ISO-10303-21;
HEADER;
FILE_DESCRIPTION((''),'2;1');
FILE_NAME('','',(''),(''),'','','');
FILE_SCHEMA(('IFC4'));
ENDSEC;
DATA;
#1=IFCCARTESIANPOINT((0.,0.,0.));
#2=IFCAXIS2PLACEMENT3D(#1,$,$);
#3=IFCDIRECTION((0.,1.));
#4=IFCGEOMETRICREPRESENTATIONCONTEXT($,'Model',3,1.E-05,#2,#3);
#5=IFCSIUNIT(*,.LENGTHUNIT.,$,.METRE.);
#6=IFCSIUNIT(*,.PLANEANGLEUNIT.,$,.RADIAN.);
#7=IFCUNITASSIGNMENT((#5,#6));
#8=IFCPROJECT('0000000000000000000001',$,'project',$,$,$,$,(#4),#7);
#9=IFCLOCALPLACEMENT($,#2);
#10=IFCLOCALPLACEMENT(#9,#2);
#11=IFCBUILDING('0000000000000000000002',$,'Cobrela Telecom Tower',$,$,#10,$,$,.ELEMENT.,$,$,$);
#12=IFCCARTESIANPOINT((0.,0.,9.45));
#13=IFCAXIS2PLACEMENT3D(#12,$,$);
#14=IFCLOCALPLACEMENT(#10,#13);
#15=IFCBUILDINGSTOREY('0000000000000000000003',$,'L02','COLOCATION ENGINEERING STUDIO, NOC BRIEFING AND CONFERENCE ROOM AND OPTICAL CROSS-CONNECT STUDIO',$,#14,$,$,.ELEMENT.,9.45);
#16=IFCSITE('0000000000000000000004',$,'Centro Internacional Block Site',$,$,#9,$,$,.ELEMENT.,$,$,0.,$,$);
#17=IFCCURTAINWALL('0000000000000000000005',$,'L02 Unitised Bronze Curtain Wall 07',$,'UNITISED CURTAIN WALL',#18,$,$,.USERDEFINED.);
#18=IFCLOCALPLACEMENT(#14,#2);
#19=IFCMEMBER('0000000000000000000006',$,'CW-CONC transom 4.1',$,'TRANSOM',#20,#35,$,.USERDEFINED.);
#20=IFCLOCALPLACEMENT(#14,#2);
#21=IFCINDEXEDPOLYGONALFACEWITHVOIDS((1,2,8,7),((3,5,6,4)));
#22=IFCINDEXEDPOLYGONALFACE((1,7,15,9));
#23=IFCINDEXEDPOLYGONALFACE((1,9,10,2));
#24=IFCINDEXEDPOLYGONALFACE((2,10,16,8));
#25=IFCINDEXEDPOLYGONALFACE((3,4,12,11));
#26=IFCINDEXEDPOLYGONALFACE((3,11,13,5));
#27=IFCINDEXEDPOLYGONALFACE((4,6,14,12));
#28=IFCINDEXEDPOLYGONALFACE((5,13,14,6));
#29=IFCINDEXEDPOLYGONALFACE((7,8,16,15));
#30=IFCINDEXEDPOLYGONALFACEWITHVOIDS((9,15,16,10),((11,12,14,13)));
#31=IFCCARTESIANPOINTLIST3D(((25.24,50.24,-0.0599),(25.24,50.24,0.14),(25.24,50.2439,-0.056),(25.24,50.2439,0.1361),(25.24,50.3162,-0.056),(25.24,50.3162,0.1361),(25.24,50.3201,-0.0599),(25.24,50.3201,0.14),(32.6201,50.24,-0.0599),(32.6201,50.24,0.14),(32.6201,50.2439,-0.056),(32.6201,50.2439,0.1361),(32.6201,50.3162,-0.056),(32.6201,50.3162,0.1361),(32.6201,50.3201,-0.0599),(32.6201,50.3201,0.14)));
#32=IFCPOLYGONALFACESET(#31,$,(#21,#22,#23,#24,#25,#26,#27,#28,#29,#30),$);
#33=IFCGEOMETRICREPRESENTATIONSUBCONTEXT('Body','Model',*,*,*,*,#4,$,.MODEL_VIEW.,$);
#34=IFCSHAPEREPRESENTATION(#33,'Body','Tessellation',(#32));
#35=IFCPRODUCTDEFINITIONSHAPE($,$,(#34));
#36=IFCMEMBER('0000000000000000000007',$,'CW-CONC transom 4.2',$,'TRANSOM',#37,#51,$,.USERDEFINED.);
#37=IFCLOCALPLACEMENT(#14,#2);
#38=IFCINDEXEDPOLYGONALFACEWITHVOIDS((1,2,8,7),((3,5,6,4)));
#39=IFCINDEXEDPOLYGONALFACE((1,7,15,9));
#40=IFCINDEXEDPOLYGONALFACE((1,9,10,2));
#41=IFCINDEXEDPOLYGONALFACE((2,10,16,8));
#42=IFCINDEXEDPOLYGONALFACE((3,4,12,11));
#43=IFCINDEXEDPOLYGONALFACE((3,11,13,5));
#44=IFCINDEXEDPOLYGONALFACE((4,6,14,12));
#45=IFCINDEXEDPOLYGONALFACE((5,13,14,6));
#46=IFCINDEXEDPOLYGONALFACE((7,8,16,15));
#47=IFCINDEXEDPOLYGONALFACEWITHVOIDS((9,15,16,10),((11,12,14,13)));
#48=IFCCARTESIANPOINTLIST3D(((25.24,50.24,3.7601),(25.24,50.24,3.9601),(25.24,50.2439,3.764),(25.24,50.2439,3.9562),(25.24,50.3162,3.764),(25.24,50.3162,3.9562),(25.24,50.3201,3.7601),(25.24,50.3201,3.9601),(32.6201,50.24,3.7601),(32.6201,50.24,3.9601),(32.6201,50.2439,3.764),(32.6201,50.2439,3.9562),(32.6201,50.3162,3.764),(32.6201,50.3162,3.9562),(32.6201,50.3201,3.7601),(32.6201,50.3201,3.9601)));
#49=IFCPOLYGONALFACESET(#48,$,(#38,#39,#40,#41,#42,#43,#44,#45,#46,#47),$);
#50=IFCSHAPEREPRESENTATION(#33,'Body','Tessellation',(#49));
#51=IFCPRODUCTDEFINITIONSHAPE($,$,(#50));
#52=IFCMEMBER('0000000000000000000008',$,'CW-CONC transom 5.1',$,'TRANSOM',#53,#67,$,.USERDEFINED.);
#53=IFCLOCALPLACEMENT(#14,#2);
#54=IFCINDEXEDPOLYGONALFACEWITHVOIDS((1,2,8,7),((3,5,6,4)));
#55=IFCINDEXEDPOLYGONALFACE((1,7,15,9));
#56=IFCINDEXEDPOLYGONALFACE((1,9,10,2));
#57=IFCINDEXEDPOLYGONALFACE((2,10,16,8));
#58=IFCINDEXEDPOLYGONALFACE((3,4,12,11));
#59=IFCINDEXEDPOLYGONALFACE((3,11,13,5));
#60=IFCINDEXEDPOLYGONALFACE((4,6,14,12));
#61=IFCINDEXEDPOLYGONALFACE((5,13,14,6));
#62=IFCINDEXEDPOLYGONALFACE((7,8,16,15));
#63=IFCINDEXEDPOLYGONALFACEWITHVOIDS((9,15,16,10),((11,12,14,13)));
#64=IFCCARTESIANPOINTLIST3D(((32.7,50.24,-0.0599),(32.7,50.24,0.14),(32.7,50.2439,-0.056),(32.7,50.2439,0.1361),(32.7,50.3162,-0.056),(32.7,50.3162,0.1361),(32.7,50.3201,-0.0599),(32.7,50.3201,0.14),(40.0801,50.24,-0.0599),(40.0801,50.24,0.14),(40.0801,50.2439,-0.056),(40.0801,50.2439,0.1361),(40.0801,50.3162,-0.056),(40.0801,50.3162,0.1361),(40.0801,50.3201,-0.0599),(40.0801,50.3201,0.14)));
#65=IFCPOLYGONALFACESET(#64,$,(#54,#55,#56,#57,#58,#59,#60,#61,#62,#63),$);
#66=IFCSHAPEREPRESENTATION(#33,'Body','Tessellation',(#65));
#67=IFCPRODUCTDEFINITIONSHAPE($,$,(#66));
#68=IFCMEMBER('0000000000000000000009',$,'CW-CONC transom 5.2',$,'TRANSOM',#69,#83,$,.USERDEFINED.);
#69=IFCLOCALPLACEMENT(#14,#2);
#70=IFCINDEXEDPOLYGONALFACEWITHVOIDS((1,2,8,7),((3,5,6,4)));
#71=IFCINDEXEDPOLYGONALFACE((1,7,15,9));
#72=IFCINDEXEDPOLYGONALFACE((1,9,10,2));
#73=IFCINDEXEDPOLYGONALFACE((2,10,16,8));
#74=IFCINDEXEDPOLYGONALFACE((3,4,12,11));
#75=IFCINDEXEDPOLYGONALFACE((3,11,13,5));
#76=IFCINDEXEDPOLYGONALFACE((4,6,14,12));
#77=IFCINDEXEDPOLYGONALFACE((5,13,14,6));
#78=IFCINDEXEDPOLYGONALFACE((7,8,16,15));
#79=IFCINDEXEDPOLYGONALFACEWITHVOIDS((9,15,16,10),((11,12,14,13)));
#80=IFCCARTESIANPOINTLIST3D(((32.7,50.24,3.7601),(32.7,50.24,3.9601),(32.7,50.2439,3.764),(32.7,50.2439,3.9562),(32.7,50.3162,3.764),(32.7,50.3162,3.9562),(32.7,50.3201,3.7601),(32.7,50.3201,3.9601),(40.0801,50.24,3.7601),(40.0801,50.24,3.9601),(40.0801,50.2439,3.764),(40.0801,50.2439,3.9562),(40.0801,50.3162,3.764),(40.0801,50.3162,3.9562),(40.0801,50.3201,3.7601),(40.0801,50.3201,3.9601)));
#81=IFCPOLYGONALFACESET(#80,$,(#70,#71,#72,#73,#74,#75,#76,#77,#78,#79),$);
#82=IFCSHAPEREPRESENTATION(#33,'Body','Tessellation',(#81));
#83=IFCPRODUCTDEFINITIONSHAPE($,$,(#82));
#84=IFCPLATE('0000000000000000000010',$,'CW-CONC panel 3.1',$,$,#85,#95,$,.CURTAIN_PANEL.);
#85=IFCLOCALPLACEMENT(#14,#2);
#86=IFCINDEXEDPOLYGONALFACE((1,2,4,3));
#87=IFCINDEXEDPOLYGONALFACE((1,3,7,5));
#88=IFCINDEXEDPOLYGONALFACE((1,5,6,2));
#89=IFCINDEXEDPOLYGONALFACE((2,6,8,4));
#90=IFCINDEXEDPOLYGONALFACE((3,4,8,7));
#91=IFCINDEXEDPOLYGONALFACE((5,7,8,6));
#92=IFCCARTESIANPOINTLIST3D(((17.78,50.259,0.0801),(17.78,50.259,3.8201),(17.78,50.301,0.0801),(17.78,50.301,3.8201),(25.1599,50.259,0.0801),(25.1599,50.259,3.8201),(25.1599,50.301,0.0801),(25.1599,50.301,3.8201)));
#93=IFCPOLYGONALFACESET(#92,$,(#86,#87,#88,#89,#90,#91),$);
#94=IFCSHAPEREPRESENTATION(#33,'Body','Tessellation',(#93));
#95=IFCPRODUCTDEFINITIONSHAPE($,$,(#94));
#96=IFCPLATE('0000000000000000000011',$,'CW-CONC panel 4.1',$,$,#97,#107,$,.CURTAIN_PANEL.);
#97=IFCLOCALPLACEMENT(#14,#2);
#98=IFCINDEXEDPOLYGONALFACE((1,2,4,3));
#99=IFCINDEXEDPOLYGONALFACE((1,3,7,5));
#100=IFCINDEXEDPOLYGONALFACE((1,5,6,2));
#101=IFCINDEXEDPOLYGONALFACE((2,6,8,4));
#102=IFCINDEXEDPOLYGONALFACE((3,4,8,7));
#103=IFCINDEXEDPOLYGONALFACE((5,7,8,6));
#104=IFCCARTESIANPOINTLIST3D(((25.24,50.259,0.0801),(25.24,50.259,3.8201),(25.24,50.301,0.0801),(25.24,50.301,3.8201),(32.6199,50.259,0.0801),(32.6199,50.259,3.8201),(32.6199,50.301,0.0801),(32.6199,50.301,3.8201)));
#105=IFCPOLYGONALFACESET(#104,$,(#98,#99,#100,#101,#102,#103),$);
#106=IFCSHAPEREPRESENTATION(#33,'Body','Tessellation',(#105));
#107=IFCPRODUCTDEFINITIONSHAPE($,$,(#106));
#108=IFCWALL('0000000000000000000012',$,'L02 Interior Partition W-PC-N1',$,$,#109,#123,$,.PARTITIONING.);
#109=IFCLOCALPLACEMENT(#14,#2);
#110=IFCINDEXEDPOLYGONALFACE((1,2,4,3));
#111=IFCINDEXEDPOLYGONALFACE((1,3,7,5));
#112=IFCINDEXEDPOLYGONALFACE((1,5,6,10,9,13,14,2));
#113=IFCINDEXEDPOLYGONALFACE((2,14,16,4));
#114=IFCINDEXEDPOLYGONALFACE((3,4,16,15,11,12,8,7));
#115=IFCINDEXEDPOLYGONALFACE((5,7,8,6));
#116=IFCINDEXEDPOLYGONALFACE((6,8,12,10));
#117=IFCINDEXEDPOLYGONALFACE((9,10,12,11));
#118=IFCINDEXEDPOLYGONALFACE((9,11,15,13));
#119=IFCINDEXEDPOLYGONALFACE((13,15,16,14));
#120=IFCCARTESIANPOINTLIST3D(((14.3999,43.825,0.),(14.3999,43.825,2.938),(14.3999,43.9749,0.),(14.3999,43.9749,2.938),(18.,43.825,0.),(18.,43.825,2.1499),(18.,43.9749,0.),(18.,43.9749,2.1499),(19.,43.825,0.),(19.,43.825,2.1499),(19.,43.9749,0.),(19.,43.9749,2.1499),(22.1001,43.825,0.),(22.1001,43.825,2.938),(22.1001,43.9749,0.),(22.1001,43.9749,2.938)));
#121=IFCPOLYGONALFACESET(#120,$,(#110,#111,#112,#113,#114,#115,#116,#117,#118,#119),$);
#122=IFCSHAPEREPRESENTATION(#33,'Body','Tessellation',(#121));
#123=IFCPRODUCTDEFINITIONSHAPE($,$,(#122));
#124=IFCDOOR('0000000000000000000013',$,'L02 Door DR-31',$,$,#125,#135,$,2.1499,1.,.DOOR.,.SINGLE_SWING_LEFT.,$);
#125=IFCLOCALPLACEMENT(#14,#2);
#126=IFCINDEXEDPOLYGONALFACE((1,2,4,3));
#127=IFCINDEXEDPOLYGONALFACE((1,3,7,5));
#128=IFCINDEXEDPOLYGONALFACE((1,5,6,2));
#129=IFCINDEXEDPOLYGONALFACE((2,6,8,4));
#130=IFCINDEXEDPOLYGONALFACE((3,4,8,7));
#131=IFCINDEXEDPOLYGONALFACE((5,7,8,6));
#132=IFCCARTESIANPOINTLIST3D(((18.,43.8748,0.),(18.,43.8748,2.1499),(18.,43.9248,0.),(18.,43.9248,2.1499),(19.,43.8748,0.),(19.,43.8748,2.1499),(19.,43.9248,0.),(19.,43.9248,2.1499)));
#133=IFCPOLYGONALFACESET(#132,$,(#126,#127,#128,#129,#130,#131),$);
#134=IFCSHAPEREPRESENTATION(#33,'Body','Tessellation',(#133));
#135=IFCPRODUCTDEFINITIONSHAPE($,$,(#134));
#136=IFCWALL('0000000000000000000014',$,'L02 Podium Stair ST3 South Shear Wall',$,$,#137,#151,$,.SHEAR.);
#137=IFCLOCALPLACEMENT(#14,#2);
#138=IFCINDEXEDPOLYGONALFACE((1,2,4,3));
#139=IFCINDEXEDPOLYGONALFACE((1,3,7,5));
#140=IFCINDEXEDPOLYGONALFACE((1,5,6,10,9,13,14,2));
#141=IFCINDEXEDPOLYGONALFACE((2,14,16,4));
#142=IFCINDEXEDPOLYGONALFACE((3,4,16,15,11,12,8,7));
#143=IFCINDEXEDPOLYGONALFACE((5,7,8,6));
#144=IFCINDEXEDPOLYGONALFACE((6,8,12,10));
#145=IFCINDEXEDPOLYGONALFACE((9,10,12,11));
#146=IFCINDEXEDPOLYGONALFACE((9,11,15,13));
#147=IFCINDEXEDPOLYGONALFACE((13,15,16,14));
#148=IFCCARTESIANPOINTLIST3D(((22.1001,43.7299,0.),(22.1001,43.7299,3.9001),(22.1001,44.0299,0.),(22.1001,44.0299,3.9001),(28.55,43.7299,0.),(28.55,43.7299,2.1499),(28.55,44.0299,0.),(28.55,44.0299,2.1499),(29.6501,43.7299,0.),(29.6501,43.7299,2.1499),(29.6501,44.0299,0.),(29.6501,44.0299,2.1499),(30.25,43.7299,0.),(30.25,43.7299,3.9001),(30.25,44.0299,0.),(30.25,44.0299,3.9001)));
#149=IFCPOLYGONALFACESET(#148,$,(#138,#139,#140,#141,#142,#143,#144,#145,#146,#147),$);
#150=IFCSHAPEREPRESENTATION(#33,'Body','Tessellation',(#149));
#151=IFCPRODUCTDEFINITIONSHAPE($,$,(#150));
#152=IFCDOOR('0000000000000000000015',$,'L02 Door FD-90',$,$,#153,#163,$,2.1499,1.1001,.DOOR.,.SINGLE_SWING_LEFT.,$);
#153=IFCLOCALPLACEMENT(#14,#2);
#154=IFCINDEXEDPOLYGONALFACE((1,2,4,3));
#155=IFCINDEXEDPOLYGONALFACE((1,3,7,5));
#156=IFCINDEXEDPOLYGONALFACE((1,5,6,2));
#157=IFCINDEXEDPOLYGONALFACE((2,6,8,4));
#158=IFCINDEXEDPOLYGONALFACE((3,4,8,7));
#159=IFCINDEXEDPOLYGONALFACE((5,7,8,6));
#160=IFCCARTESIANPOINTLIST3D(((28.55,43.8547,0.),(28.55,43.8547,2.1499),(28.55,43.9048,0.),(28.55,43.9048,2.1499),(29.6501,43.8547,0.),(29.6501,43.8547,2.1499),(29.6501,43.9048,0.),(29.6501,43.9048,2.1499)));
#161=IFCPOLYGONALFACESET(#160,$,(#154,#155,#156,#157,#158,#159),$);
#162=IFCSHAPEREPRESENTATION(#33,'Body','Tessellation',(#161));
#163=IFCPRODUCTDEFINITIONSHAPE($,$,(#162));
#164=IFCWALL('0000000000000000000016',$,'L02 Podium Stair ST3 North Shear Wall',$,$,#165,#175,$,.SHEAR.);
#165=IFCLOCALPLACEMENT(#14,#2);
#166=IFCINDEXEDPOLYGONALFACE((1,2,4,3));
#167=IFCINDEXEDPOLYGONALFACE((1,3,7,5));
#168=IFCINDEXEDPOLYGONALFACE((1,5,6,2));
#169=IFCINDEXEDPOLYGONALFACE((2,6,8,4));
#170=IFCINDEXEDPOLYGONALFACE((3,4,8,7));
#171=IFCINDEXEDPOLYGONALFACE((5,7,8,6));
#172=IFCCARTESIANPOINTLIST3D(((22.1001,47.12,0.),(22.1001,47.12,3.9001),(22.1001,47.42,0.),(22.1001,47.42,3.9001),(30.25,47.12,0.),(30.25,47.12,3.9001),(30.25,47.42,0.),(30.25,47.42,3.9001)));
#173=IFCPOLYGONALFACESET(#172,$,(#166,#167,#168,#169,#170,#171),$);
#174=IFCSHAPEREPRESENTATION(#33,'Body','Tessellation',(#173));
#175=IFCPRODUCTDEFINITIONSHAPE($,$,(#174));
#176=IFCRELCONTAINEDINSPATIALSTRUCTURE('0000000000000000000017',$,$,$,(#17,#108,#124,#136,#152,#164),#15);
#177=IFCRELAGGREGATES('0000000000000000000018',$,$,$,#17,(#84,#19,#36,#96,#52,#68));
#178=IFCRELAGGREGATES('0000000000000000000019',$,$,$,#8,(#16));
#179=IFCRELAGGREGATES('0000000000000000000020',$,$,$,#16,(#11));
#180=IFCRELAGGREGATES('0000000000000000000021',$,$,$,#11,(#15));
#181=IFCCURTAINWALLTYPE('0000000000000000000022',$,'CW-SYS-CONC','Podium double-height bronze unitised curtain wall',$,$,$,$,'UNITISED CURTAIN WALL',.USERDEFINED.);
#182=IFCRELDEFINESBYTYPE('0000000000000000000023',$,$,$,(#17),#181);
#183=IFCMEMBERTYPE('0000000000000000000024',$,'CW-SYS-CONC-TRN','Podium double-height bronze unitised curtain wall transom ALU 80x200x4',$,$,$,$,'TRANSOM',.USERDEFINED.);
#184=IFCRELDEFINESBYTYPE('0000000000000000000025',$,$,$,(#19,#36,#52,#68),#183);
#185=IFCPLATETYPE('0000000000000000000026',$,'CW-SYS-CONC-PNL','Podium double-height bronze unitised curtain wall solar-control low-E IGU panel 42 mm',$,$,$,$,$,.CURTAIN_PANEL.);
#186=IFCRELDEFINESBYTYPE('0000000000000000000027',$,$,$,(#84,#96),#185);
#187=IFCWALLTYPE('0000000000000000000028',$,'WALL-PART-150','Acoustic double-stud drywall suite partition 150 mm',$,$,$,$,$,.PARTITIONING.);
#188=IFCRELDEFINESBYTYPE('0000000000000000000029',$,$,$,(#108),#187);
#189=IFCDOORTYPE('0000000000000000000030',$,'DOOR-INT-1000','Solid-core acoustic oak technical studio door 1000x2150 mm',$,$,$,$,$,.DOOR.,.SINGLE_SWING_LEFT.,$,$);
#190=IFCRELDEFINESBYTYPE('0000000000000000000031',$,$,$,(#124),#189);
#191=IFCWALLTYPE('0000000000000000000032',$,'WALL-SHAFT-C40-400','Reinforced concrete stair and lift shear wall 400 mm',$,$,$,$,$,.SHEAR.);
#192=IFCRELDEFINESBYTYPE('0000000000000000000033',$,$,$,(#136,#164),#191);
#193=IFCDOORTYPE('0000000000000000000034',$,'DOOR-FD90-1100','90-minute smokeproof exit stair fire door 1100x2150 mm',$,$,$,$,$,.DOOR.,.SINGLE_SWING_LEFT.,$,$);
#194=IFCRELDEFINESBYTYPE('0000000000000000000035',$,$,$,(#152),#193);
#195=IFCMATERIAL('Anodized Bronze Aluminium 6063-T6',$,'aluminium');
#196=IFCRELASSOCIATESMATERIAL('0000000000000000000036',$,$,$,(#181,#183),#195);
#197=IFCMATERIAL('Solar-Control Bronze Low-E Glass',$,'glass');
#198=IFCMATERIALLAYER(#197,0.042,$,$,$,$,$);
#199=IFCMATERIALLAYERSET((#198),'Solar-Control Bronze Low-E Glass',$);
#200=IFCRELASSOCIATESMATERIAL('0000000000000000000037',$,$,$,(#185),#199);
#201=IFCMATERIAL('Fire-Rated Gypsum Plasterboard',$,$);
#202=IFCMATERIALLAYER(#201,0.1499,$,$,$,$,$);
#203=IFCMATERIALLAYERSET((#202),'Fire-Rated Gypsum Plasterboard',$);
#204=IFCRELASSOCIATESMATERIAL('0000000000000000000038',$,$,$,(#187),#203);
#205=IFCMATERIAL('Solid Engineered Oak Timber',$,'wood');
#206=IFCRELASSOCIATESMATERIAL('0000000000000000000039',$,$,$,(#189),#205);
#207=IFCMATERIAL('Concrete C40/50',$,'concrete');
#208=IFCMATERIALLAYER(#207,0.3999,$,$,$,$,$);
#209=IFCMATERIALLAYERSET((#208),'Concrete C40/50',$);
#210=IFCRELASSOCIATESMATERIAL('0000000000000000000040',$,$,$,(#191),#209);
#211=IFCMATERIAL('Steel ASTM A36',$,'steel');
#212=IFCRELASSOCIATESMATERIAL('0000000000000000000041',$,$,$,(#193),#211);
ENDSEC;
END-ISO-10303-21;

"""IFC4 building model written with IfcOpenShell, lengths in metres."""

from ifc_helpers import new_model, si_unit, direction, frame, frame_2d, origin, origin_2d, place, context, subcontext, project, spatial, rectangle, hollow_rectangle, extrude, material, layer, layer_set, material_profile, profile_set, type_object, element, fill, aggregate, save


model = new_model("IFC4")

# Units and contexts
model_context = context("Model", 3, precision=1e-05, world=origin(), true_north=direction((0.0, 1.0)))
body_context = subcontext(model_context, "Body", "Model", "MODEL_VIEW")
ifc_project = project(units=[si_unit("LENGTHUNIT", "METRE"), si_unit("PLANEANGLEUNIT", "RADIAN")], contexts=[model_context])

# Site, building, storey
site_placement = place(None, origin())
site = spatial("IfcSite", under=ifc_project, at=site_placement, Name="Centro Internacional Block Site", CompositionType="ELEMENT", RefElevation=0.0)
building_placement = place(site_placement, origin())
building = spatial("IfcBuilding", under=site, at=building_placement, Name="Cobrela Telecom Tower", CompositionType="ELEMENT")
storey_placement = place(building_placement, frame((0.0, 0.0, 9.45)))
storey = spatial("IfcBuildingStorey", under=building, at=storey_placement, Name="L02", Description="COLOCATION ENGINEERING STUDIO, NOC BRIEFING AND CONFERENCE ROOM AND OPTICAL CROSS-CONNECT STUDIO", CompositionType="ELEMENT", Elevation=9.45)

# Curtain wall, members, plates
ifc_material_1 = material(Name="Anodized Bronze Aluminium 6063-T6", Category="aluminium")
curtain_wall_type = type_object("IfcCurtainWallType", Name="CW-SYS-CONC", Description="Podium double-height bronze unitised curtain wall", ElementType="UNITISED CURTAIN WALL", PredefinedType="USERDEFINED", material=ifc_material_1)
curtain_wall_placement = place(storey_placement, origin())
curtain_wall = element("IfcCurtainWall", 1, at=curtain_wall_placement, inside=storey, type_object=curtain_wall_type, Name="L02 Unitised Bronze Curtain Wall 07", ObjectType="UNITISED CURTAIN WALL", PredefinedType="USERDEFINED")
ifc_material_profile_1 = material_profile(ifc_material_1, hollow_rectangle(XDim=0.0801, YDim=0.2, WallThickness=0.0039, at=origin_2d()), Name="ALU 80x200x4")
ifc_profile_set_1 = profile_set([ifc_material_profile_1], Name="Anodized Bronze Aluminium 6063-T6")
member_type_1 = type_object("IfcMemberType", Name="CW-SYS-CONC-TRN", Description="Podium double-height bronze unitised curtain wall transom ALU 80x200x4", ElementType="TRANSOM", PredefinedType="USERDEFINED", material=ifc_profile_set_1)
member_1_placement = place(storey_placement, frame((25.24, 50.28, 0.04), z_axis=(1.0, 0.0, 0.0), x_axis=(0.0, 1.0, 0.0)))
member_1 = element("IfcMember", 2, at=member_1_placement, type_object=member_type_1, Name="CW-CONC transom 4.1", ObjectType="TRANSOM", PredefinedType="USERDEFINED", context=body_context, shape_type="SweptSolid", body=[
    extrude(hollow_rectangle(XDim=0.0801, YDim=0.2, WallThickness=0.0039, at=origin_2d()), origin(), (0.0, 0.0, 1.0), 7.3801),
])
member_2_placement = place(storey_placement, frame((25.24, 50.28, 3.8601), z_axis=(1.0, 0.0, 0.0), x_axis=(0.0, 1.0, 0.0)))
member_2 = element("IfcMember", 3, at=member_2_placement, type_object=member_type_1, Name="CW-CONC transom 4.2", ObjectType="TRANSOM", PredefinedType="USERDEFINED", context=body_context, shape_type="SweptSolid", body=[
    extrude(hollow_rectangle(XDim=0.0801, YDim=0.2, WallThickness=0.0039, at=origin_2d()), origin(), (0.0, 0.0, 1.0), 7.3801),
])
member_3_placement = place(storey_placement, frame((32.7, 50.28, 0.04), z_axis=(1.0, 0.0, 0.0), x_axis=(0.0, 1.0, 0.0)))
member_3 = element("IfcMember", 4, at=member_3_placement, type_object=member_type_1, Name="CW-CONC transom 5.1", ObjectType="TRANSOM", PredefinedType="USERDEFINED", context=body_context, shape_type="SweptSolid", body=[
    extrude(hollow_rectangle(XDim=0.0801, YDim=0.2, WallThickness=0.0039, at=origin_2d()), origin(), (0.0, 0.0, 1.0), 7.3801),
])
member_4_placement = place(storey_placement, frame((32.7, 50.28, 3.8601), z_axis=(1.0, 0.0, 0.0), x_axis=(0.0, 1.0, 0.0)))
member_4 = element("IfcMember", 5, at=member_4_placement, type_object=member_type_1, Name="CW-CONC transom 5.2", ObjectType="TRANSOM", PredefinedType="USERDEFINED", context=body_context, shape_type="SweptSolid", body=[
    extrude(hollow_rectangle(XDim=0.0801, YDim=0.2, WallThickness=0.0039, at=origin_2d()), origin(), (0.0, 0.0, 1.0), 7.3801),
])
ifc_material_2 = material(Name="Solar-Control Bronze Low-E Glass", Category="glass")
ifc_layer_1 = layer(ifc_material_2, 0.042)
ifc_layer_set_1 = layer_set([ifc_layer_1], Name="Solar-Control Bronze Low-E Glass")
plate_type = type_object("IfcPlateType", Name="CW-SYS-CONC-PNL", Description="Podium double-height bronze unitised curtain wall solar-control low-E IGU panel 42 mm", PredefinedType="CURTAIN_PANEL", material=ifc_layer_set_1)
plate_1_placement = place(storey_placement, frame((21.47, 50.28, 0.0801), z_axis=(0.0, 0.0, 1.0), x_axis=(1.0, 0.0, 0.0)))
plate_1 = element("IfcPlate", 6, at=plate_1_placement, type_object=plate_type, Name="CW-CONC panel 3.1", PredefinedType="CURTAIN_PANEL", context=body_context, shape_type="SweptSolid", body=[
    extrude(rectangle(XDim=7.3799, YDim=0.042, at=origin_2d()), origin(), (0.0, 0.0, 1.0), 3.74),
])
plate_2_placement = place(storey_placement, frame((28.9299, 50.28, 0.0801), z_axis=(0.0, 0.0, 1.0), x_axis=(1.0, 0.0, 0.0)))
plate_2 = element("IfcPlate", 7, at=plate_2_placement, type_object=plate_type, Name="CW-CONC panel 4.1", PredefinedType="CURTAIN_PANEL", context=body_context, shape_type="SweptSolid", body=[
    extrude(rectangle(XDim=7.3799, YDim=0.042, at=origin_2d()), origin(), (0.0, 0.0, 1.0), 3.74),
])
aggregate(curtain_wall, [plate_1, member_1, member_2, plate_2, member_3, member_4])

# Walls, openings, doors
ifc_material_3 = material(Name="Fire-Rated Gypsum Plasterboard")
ifc_layer_2 = layer(ifc_material_3, 0.1499)
ifc_layer_set_2 = layer_set([ifc_layer_2], Name="Fire-Rated Gypsum Plasterboard")
wall_type_1 = type_object("IfcWallType", Name="WALL-PART-150", Description="Acoustic double-stud drywall suite partition 150 mm", PredefinedType="PARTITIONING", material=ifc_layer_set_2)
wall_1_placement = place(storey_placement, frame((14.3999, 43.8999, 0.0), z_axis=(0.0, 0.0, 1.0), x_axis=(1.0, 0.0, 0.0)))
wall_1 = element("IfcWall", 8, at=wall_1_placement, inside=storey, type_object=wall_type_1, Name="L02 Interior Partition W-PC-N1", PredefinedType="PARTITIONING", context=body_context, shape_type="SweptSolid", body=[
    extrude(rectangle(XDim=7.7002, YDim=0.1499, at=frame_2d((3.8501, 0.0))), origin(), (0.0, 0.0, 1.0), 2.938),
])
opening_1_placement = place(wall_1_placement, frame((3.6001, 0.0, 0.0)))
opening_1 = element("IfcOpeningElement", 9, at=opening_1_placement, cuts=wall_1, PredefinedType="OPENING", context=body_context, shape_type="SweptSolid", body=[
    extrude(rectangle(XDim=1.0, YDim=2.1499, at=frame_2d((0.5, 1.075))), frame((0.0, 0.0869, 0.0), z_axis=(0.0, -1.0, 0.0), x_axis=(1.0, 0.0, 0.0)), (0.0, 0.0, 1.0), 0.1738),
])
ifc_material_4 = material(Name="Solid Engineered Oak Timber", Category="wood")
door_type_1 = type_object("IfcDoorType", Name="DOOR-INT-1000", Description="Solid-core acoustic oak technical studio door 1000x2150 mm", OperationType="SINGLE_SWING_LEFT", PredefinedType="DOOR", material=ifc_material_4)
door_1_placement = place(opening_1_placement, origin())
door_1 = element("IfcDoor", 10, at=door_1_placement, inside=storey, type_object=door_type_1, Name="L02 Door DR-31", OperationType="SINGLE_SWING_LEFT", OverallHeight=2.1499, OverallWidth=1.0, PredefinedType="DOOR", context=body_context, shape_type="SweptSolid", body=[
    extrude(rectangle(XDim=1.0, YDim=2.1499, at=frame_2d((0.5, 1.075))), frame((0.0, 0.0249, 0.0), z_axis=(0.0, -1.0, 0.0), x_axis=(1.0, 0.0, 0.0)), (0.0, 0.0, 1.0), 0.05),
])
fill(opening_1, door_1)
ifc_material_5 = material(Name="Concrete C40/50", Category="concrete")
ifc_layer_3 = layer(ifc_material_5, 0.3999)
ifc_layer_set_3 = layer_set([ifc_layer_3], Name="Concrete C40/50")
wall_type_2 = type_object("IfcWallType", Name="WALL-SHAFT-C40-400", Description="Reinforced concrete stair and lift shear wall 400 mm", PredefinedType="SHEAR", material=ifc_layer_set_3)
wall_2_placement = place(storey_placement, frame((22.1001, 43.8799, 0.0), z_axis=(0.0, 0.0, 1.0), x_axis=(1.0, 0.0, 0.0)))
wall_2 = element("IfcWall", 11, at=wall_2_placement, inside=storey, type_object=wall_type_2, Name="L02 Podium Stair ST3 South Shear Wall", PredefinedType="SHEAR", context=body_context, shape_type="SweptSolid", body=[
    extrude(rectangle(XDim=8.1499, YDim=0.3, at=frame_2d((4.075, 0.0))), origin(), (0.0, 0.0, 1.0), 3.9001),
])
opening_2_placement = place(wall_2_placement, frame((6.45, 0.0, 0.0)))
opening_2 = element("IfcOpeningElement", 12, at=opening_2_placement, cuts=wall_2, PredefinedType="OPENING", context=body_context, shape_type="SweptSolid", body=[
    extrude(rectangle(XDim=1.1001, YDim=2.1499, at=frame_2d((0.55, 1.075))), frame((0.0, 0.1621, 0.0), z_axis=(0.0, -1.0, 0.0), x_axis=(1.0, 0.0, 0.0)), (0.0, 0.0, 1.0), 0.324),
])
ifc_material_6 = material(Name="Steel ASTM A36", Category="steel")
door_type_2 = type_object("IfcDoorType", Name="DOOR-FD90-1100", Description="90-minute smokeproof exit stair fire door 1100x2150 mm", OperationType="SINGLE_SWING_LEFT", PredefinedType="DOOR", material=ifc_material_6)
door_2_placement = place(opening_2_placement, origin())
door_2 = element("IfcDoor", 13, at=door_2_placement, inside=storey, type_object=door_type_2, Name="L02 Door FD-90", OperationType="SINGLE_SWING_LEFT", OverallHeight=2.1499, OverallWidth=1.1001, PredefinedType="DOOR", context=body_context, shape_type="SweptSolid", body=[
    extrude(rectangle(XDim=1.1001, YDim=2.1499, at=frame_2d((0.55, 1.075))), frame((0.0, 0.0249, 0.0), z_axis=(0.0, -1.0, 0.0), x_axis=(1.0, 0.0, 0.0)), (0.0, 0.0, 1.0), 0.05),
])
fill(opening_2, door_2)

# Wall
wall_3_placement = place(storey_placement, frame((22.1001, 47.27, 0.0), z_axis=(0.0, 0.0, 1.0), x_axis=(1.0, 0.0, 0.0)))
element("IfcWall", 14, at=wall_3_placement, inside=storey, type_object=wall_type_2, Name="L02 Podium Stair ST3 North Shear Wall", PredefinedType="SHEAR", context=body_context, shape_type="SweptSolid", body=[
    extrude(rectangle(XDim=8.1499, YDim=0.3, at=frame_2d((4.075, 0.0))), origin(), (0.0, 0.0, 1.0), 3.9001),
])

save(model, "model.ifc")
